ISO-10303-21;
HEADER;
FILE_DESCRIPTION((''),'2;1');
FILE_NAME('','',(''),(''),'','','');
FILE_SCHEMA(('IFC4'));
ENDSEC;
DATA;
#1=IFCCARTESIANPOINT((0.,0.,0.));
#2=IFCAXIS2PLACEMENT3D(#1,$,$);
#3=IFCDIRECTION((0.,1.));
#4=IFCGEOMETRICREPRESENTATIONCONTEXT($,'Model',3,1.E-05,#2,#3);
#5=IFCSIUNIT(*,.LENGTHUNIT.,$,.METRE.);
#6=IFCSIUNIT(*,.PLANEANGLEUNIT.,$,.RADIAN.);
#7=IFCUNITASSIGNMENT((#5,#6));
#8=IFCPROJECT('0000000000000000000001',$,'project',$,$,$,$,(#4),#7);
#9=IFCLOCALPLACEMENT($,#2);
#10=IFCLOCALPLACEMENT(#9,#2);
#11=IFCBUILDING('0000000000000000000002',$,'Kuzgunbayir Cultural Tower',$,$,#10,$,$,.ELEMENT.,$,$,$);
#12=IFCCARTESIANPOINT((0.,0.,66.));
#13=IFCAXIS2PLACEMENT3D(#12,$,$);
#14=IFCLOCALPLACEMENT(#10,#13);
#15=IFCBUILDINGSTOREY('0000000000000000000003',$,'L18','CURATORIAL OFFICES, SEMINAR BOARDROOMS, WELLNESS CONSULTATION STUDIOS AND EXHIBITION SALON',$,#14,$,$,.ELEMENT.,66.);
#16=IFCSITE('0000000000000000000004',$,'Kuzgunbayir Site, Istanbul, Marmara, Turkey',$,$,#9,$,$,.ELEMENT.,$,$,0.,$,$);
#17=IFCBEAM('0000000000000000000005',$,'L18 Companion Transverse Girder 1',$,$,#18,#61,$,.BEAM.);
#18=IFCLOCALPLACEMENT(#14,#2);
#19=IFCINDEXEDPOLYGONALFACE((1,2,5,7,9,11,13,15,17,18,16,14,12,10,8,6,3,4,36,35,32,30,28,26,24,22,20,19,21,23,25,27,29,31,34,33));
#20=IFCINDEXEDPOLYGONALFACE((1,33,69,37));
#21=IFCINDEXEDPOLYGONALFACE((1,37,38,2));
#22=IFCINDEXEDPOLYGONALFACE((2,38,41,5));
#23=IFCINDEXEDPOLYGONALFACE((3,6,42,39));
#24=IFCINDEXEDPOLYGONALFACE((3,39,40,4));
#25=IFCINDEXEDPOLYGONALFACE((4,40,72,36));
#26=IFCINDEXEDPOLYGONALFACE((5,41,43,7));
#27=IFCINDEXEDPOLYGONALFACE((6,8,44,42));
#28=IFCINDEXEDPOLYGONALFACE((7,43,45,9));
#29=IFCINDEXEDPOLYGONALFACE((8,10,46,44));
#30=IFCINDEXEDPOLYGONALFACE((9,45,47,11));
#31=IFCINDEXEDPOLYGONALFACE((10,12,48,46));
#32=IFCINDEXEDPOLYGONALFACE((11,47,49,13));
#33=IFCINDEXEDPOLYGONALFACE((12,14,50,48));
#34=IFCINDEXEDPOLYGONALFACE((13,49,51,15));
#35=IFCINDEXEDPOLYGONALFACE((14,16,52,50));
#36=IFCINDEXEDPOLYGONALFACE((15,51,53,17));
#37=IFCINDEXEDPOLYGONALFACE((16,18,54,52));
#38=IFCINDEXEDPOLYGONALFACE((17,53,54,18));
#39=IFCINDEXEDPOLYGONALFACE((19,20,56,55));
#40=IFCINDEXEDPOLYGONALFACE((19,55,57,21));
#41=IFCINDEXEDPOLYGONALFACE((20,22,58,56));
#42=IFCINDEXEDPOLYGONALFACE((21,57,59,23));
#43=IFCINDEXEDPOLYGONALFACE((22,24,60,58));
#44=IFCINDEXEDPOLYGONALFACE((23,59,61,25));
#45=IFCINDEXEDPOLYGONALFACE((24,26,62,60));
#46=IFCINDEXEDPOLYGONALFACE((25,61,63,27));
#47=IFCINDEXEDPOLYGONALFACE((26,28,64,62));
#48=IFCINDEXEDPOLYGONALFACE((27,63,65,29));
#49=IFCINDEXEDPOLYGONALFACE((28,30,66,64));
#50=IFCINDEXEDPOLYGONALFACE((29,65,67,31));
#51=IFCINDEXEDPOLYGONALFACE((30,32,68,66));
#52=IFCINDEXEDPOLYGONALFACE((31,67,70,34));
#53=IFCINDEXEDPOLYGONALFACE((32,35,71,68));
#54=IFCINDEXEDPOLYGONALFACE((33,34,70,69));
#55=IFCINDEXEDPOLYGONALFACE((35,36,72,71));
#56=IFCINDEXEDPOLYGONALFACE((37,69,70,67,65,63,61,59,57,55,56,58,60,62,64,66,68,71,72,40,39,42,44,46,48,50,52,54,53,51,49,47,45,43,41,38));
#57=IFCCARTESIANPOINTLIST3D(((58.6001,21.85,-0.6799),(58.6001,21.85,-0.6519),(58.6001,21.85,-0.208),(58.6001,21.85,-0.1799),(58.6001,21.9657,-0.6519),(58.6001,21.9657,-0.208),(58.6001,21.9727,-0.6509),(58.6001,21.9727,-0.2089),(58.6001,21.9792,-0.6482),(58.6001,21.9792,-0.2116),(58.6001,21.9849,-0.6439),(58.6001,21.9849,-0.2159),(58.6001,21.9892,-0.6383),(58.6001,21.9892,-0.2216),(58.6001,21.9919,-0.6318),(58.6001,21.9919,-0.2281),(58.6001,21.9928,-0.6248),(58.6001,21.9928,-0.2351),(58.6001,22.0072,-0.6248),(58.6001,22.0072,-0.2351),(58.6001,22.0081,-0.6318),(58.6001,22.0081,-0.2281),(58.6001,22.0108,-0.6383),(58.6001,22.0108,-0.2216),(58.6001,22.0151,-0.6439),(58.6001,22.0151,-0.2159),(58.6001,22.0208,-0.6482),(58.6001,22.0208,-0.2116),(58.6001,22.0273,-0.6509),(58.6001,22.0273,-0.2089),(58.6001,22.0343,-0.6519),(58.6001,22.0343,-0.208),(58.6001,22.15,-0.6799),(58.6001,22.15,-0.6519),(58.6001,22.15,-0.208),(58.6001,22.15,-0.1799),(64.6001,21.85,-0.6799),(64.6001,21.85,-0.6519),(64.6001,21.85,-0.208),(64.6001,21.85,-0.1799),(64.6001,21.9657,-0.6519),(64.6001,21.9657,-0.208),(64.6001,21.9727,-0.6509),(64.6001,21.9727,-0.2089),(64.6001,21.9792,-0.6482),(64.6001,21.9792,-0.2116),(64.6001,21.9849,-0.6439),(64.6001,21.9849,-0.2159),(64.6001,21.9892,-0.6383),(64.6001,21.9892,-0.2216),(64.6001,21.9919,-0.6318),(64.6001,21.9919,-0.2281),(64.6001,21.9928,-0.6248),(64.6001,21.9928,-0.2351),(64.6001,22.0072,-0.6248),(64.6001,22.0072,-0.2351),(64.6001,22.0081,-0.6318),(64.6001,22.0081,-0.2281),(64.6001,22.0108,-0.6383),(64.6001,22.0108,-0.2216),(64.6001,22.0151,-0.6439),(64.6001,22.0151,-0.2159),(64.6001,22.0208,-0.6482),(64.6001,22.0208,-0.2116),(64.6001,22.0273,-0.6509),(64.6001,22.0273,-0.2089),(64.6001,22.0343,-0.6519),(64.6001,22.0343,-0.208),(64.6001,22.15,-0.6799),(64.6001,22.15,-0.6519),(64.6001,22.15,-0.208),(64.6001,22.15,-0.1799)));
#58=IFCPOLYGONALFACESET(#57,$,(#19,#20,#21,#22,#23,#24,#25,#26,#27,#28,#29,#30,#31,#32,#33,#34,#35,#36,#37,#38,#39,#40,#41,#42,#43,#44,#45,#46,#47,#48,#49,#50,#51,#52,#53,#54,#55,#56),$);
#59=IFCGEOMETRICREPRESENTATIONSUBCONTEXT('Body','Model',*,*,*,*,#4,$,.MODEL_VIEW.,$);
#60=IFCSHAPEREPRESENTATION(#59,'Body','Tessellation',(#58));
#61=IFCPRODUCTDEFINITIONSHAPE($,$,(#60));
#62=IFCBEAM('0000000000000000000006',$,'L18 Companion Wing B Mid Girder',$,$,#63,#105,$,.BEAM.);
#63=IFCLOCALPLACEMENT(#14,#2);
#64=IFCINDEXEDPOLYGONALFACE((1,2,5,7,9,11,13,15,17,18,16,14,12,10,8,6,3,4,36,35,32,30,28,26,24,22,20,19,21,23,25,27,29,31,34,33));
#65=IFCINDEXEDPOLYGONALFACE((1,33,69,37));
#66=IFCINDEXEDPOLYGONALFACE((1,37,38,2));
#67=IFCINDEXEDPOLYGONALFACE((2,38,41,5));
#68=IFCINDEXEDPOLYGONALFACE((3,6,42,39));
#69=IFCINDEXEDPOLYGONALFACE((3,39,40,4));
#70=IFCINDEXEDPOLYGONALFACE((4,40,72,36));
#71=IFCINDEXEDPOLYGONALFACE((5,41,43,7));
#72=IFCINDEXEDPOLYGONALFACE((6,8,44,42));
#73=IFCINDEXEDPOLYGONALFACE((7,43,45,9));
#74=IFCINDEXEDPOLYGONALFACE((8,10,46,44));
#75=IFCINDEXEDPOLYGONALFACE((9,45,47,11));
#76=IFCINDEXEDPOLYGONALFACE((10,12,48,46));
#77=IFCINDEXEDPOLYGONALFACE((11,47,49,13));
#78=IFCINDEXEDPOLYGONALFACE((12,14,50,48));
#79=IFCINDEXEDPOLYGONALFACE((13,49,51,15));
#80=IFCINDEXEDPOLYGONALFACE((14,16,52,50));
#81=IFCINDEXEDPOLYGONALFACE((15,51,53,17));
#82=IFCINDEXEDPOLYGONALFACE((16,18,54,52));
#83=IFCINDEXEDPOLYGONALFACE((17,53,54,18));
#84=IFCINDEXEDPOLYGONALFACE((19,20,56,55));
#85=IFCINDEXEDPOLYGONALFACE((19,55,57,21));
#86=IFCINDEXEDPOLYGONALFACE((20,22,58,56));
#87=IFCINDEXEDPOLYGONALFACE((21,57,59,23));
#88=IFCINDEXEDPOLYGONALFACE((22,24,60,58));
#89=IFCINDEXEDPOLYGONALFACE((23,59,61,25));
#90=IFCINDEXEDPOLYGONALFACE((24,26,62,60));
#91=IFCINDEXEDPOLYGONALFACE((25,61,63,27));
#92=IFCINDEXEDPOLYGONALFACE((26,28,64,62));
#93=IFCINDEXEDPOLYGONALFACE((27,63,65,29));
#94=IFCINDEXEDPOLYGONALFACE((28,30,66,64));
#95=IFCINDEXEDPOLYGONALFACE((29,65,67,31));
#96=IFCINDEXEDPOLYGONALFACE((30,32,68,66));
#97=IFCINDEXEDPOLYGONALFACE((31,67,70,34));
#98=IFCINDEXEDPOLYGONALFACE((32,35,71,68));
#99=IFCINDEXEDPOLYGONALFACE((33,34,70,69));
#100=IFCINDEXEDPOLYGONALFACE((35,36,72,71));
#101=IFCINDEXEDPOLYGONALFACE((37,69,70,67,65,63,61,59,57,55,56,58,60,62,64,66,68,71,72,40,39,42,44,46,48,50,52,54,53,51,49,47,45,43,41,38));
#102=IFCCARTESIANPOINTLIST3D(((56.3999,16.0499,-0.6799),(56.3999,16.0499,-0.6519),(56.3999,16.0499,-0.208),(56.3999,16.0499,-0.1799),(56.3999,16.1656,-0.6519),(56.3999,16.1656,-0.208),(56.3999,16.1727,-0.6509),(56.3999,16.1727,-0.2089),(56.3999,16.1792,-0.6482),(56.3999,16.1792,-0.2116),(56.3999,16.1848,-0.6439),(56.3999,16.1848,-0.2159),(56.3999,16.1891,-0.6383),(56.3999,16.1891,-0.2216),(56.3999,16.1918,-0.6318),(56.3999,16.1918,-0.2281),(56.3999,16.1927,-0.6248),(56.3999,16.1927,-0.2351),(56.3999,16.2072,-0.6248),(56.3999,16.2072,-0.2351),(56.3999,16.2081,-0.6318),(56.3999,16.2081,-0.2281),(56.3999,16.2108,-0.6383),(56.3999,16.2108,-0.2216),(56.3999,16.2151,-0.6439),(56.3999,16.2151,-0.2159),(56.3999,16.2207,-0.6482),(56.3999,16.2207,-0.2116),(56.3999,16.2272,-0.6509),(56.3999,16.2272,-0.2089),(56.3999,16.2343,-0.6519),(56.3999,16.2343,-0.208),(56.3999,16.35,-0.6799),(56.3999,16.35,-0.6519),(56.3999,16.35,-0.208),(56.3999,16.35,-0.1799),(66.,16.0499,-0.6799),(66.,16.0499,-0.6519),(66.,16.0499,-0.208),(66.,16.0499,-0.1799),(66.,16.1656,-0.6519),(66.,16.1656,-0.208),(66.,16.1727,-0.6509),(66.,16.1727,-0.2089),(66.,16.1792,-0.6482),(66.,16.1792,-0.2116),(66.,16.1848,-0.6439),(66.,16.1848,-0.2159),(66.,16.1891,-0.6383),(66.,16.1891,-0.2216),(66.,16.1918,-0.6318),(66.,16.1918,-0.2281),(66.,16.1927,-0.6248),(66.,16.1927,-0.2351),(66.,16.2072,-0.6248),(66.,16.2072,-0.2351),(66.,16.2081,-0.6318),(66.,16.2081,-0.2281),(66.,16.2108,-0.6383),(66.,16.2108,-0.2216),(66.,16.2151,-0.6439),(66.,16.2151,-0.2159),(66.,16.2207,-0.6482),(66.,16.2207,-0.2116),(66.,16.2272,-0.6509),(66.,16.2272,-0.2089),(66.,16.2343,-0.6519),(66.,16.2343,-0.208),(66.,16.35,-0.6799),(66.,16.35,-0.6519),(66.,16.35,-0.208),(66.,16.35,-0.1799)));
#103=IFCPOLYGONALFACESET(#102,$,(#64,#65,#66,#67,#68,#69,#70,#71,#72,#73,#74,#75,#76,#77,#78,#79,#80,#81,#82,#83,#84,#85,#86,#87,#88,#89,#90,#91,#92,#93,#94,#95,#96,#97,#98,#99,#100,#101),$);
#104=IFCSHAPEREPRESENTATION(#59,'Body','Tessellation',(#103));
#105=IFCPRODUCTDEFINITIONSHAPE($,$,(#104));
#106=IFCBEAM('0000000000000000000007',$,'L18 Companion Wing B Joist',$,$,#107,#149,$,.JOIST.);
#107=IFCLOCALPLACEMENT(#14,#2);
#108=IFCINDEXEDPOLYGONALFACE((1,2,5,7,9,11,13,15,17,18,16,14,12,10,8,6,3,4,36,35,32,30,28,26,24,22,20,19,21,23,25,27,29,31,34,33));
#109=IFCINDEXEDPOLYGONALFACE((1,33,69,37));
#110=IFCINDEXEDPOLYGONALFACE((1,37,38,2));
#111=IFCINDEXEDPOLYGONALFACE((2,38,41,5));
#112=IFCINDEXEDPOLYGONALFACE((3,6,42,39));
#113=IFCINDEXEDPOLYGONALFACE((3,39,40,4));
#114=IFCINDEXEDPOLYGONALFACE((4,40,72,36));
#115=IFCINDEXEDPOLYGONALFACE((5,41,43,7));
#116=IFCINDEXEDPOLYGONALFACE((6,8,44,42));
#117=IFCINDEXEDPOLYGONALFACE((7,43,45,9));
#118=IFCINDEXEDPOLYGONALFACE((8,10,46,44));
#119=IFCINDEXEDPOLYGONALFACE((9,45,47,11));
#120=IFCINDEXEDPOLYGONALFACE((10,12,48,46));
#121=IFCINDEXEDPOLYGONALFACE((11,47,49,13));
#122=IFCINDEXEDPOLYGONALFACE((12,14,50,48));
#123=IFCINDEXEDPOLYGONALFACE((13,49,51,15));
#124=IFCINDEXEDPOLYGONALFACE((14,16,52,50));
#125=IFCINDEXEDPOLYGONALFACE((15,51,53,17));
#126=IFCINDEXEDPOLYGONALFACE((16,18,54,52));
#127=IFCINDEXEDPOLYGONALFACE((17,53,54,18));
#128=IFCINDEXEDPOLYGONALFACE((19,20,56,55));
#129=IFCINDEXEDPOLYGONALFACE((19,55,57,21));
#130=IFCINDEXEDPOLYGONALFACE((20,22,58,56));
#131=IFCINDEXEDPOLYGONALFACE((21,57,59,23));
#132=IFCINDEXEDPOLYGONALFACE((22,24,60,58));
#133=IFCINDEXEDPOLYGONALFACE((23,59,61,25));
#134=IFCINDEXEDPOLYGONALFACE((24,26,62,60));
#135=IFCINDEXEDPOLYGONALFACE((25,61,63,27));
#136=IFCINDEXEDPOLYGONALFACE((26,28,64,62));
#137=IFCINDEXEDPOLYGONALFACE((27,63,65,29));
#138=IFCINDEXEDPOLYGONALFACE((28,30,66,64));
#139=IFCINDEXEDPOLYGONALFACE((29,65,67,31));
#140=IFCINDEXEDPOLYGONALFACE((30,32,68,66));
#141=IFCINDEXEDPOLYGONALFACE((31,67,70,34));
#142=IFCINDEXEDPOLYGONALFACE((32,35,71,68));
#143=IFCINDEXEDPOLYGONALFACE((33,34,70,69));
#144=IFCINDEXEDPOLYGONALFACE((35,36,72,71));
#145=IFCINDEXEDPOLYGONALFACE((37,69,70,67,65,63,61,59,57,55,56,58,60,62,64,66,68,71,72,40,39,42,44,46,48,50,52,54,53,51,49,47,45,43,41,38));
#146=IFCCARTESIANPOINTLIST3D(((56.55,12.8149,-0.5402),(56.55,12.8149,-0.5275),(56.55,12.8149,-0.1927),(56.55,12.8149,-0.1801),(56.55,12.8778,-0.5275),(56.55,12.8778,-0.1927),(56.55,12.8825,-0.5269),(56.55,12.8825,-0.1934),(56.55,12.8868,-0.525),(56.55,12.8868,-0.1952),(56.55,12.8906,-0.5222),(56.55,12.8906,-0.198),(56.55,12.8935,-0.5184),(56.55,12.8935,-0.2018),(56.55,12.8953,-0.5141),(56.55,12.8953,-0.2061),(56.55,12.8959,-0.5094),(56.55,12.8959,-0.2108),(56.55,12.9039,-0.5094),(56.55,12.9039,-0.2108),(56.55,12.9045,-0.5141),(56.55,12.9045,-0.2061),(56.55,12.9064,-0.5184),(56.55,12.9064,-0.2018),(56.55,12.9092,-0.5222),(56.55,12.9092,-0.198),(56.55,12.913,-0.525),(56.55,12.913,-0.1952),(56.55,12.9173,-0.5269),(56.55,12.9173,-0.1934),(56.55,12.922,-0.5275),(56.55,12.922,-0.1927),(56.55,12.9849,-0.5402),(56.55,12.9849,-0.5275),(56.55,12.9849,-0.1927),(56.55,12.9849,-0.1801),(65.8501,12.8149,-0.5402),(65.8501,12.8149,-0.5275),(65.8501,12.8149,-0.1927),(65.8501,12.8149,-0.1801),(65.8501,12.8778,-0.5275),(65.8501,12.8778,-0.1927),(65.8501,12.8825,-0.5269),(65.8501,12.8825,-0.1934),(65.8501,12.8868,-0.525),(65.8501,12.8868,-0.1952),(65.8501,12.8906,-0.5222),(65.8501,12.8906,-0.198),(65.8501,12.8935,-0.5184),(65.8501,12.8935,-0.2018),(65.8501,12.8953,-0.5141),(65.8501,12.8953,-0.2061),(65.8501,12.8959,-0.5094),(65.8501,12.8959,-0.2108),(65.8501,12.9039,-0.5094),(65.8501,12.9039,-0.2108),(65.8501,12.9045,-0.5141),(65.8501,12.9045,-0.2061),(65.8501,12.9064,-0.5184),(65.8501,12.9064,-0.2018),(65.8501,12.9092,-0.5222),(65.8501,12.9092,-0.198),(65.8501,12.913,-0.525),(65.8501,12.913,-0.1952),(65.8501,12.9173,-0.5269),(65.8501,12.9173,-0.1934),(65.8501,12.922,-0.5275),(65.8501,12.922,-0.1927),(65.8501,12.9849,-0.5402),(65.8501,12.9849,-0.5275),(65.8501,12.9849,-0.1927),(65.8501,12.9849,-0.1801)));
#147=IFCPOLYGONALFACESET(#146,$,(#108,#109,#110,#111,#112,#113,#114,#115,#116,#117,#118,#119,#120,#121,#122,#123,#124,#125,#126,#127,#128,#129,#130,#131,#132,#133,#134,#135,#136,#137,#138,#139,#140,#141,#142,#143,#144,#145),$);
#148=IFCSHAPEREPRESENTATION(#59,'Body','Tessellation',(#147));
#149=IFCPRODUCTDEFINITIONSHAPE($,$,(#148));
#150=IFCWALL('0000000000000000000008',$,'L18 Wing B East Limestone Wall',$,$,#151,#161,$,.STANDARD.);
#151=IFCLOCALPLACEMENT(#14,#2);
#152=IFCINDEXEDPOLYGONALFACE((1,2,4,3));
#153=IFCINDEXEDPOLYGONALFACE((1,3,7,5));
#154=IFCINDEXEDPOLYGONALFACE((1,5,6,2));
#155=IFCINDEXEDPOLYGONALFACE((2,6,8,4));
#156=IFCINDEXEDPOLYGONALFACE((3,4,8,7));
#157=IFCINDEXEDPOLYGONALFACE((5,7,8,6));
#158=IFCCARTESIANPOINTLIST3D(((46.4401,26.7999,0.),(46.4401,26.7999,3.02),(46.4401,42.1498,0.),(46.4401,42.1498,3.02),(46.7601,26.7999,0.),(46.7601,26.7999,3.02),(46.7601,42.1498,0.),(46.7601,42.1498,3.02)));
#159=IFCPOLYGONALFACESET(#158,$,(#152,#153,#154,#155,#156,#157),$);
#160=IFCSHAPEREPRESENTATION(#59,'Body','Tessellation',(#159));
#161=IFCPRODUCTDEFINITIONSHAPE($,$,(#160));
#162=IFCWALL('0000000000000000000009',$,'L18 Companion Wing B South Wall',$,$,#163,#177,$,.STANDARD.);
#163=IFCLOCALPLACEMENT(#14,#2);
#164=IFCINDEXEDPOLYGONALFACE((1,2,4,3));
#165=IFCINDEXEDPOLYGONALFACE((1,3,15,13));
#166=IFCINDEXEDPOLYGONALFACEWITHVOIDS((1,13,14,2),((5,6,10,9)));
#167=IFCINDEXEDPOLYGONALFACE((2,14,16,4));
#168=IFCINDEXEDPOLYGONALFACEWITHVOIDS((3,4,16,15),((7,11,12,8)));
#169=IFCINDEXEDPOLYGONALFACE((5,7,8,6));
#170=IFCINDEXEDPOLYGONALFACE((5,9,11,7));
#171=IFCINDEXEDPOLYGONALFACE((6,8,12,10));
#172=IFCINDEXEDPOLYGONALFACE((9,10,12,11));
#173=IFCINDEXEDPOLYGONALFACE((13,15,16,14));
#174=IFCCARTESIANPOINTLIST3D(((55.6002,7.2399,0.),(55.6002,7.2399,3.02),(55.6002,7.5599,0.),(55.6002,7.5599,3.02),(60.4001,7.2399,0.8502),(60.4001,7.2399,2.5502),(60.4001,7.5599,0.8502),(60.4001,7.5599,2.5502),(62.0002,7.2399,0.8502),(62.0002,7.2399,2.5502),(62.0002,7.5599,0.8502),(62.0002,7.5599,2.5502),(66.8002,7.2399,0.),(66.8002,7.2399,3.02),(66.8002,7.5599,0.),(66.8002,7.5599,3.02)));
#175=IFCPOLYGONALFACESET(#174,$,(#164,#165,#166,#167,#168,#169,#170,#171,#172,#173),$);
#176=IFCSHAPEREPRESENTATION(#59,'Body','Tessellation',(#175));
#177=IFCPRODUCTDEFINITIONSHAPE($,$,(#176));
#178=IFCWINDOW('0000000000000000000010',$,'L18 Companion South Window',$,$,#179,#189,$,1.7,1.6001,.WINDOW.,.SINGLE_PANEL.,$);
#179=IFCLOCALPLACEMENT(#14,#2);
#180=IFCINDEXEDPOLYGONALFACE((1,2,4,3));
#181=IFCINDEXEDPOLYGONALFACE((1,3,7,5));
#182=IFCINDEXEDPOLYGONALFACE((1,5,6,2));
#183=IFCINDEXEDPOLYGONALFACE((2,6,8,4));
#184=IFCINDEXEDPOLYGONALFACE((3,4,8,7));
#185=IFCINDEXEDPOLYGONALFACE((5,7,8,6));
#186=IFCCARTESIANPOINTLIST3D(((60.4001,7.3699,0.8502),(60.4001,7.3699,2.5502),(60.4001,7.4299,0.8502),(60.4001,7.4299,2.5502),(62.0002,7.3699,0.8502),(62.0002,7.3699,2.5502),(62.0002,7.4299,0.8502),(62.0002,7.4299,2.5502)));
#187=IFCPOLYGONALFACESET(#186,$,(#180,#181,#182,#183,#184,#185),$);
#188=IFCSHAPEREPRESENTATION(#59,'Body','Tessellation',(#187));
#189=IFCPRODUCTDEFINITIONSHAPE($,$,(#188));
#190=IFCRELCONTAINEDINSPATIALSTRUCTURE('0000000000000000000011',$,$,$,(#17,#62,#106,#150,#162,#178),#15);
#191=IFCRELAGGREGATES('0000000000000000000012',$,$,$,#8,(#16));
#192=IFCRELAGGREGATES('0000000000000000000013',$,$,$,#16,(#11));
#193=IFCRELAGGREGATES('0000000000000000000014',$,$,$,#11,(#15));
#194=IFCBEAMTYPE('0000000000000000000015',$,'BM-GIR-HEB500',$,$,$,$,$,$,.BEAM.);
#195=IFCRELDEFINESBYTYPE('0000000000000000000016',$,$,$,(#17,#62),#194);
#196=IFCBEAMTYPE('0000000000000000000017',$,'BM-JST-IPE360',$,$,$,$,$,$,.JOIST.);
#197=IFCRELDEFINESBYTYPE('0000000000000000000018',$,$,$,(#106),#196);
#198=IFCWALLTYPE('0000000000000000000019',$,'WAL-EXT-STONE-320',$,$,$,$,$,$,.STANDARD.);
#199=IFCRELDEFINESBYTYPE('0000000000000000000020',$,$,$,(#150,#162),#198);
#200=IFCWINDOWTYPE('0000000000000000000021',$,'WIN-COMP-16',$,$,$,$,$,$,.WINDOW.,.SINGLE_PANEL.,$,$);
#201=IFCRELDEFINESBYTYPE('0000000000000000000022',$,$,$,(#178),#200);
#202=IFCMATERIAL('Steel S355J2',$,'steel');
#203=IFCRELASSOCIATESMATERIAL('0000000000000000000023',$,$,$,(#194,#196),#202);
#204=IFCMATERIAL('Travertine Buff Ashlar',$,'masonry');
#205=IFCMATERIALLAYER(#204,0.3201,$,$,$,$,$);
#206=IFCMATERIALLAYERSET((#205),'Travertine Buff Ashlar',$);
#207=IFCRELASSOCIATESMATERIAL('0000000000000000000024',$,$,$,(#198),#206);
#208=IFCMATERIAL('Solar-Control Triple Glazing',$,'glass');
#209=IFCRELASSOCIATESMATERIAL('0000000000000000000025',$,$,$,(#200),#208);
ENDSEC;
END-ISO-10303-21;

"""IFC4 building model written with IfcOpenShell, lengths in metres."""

from ifc_helpers import new_model, si_unit, direction, frame, frame_2d, origin, origin_2d, place, context, subcontext, project, spatial, rectangle, i_section, extrude, material, layer, layer_set, material_profile, profile_set, type_object, element, fill, save


model = new_model("IFC4")

# Units and contexts
model_context = context("Model", 3, precision=1e-05, world=origin(), true_north=direction((0.0, 1.0)))
body_context = subcontext(model_context, "Body", "Model", "MODEL_VIEW")
ifc_project = project(units=[si_unit("LENGTHUNIT", "METRE"), si_unit("PLANEANGLEUNIT", "RADIAN")], contexts=[model_context])

# Site, building, storey
site_placement = place(None, origin())
site = spatial("IfcSite", under=ifc_project, at=site_placement, Name="Kuzgunbayir Site, Istanbul, Marmara, Turkey", CompositionType="ELEMENT", RefElevation=0.0)
building_placement = place(site_placement, origin())
building = spatial("IfcBuilding", under=site, at=building_placement, Name="Kuzgunbayir Cultural Tower", CompositionType="ELEMENT")
storey_placement = place(building_placement, frame((0.0, 0.0, 66.0)))
storey = spatial("IfcBuildingStorey", under=building, at=storey_placement, Name="L18", Description="CURATORIAL OFFICES, SEMINAR BOARDROOMS, WELLNESS CONSULTATION STUDIOS AND EXHIBITION SALON", CompositionType="ELEMENT", Elevation=66.0)

# Beams
ifc_material_1 = material(Name="Steel S355J2", Category="steel")
ifc_material_profile_1 = material_profile(ifc_material_1, i_section(OverallWidth=0.3, OverallDepth=0.5, WebThickness=0.0144, FlangeThickness=0.0281, FilletRadius=0.0271, at=origin_2d()), Name="HEB 500")
ifc_profile_set_1 = profile_set([ifc_material_profile_1], Name="Steel S355J2")
beam_type_1 = type_object("IfcBeamType", Name="BM-GIR-HEB500", PredefinedType="BEAM", material=ifc_profile_set_1)
beam_1_placement = place(storey_placement, frame((58.6001, 22.0, -0.4299), z_axis=(1.0, 0.0, 0.0), x_axis=(0.0, 1.0, 0.0)))
element("IfcBeam", 1, at=beam_1_placement, inside=storey, type_object=beam_type_1, Name="L18 Companion Transverse Girder 1", PredefinedType="BEAM", context=body_context, shape_type="SweptSolid", body=[
    extrude(i_section(OverallWidth=0.3, OverallDepth=0.5, WebThickness=0.0144, FlangeThickness=0.0281, FilletRadius=0.0271, at=origin_2d()), origin(), (0.0, 0.0, 1.0), 6.0),
])
beam_2_placement = place(storey_placement, frame((56.3999, 16.2, -0.4299), z_axis=(1.0, 0.0, 0.0), x_axis=(0.0, 1.0, 0.0)))
element("IfcBeam", 2, at=beam_2_placement, inside=storey, type_object=beam_type_1, Name="L18 Companion Wing B Mid Girder", PredefinedType="BEAM", context=body_context, shape_type="SweptSolid", body=[
    extrude(i_section(OverallWidth=0.3, OverallDepth=0.5, WebThickness=0.0144, FlangeThickness=0.0281, FilletRadius=0.0271, at=origin_2d()), origin(), (0.0, 0.0, 1.0), 9.6001),
])
ifc_material_profile_2 = material_profile(ifc_material_1, i_section(OverallWidth=0.1699, OverallDepth=0.3601, WebThickness=0.0081, FlangeThickness=0.0127, FilletRadius=0.0181, at=origin_2d()), Name="IPE 360")
ifc_profile_set_2 = profile_set([ifc_material_profile_2], Name="Steel S355J2")
beam_type_2 = type_object("IfcBeamType", Name="BM-JST-IPE360", PredefinedType="JOIST", material=ifc_profile_set_2)
beam_3_placement = place(storey_placement, frame((56.55, 12.8999, -0.3601), z_axis=(1.0, 0.0, 0.0), x_axis=(0.0, 1.0, 0.0)))
element("IfcBeam", 3, at=beam_3_placement, inside=storey, type_object=beam_type_2, Name="L18 Companion Wing B Joist", PredefinedType="JOIST", context=body_context, shape_type="SweptSolid", body=[
    extrude(i_section(OverallWidth=0.1699, OverallDepth=0.3601, WebThickness=0.0081, FlangeThickness=0.0127, FilletRadius=0.0181, at=origin_2d()), origin(), (0.0, 0.0, 1.0), 9.3),
])

# Wall
ifc_material_2 = material(Name="Travertine Buff Ashlar", Category="masonry")
ifc_layer_1 = layer(ifc_material_2, 0.3201)
ifc_layer_set_1 = layer_set([ifc_layer_1], Name="Travertine Buff Ashlar")
wall_type_1 = type_object("IfcWallType", Name="WAL-EXT-STONE-320", PredefinedType="STANDARD", material=ifc_layer_set_1)
wall_1_placement = place(storey_placement, frame((46.6001, 26.8, 0.0), z_axis=(0.0, 0.0, 1.0), x_axis=(0.0, 1.0, 0.0)))
element("IfcWall", 4, at=wall_1_placement, inside=storey, type_object=wall_type_1, Name="L18 Wing B East Limestone Wall", PredefinedType="STANDARD", context=body_context, shape_type="SweptSolid", body=[
    extrude(rectangle(XDim=15.3499, YDim=0.3201, at=frame_2d((7.6748, 0.0))), origin(), (0.0, 0.0, 1.0), 3.02),
])

# Wall, opening, window
wall_2_placement = place(storey_placement, frame((55.6001, 7.3999, 0.0), z_axis=(0.0, 0.0, 1.0), x_axis=(1.0, 0.0, 0.0)))
wall_2 = element("IfcWall", 5, at=wall_2_placement, inside=storey, type_object=wall_type_1, Name="L18 Companion Wing B South Wall", PredefinedType="STANDARD", context=body_context, shape_type="SweptSolid", body=[
    extrude(rectangle(XDim=11.2, YDim=0.3201, at=frame_2d((5.6001, 0.0))), origin(), (0.0, 0.0, 1.0), 3.02),
])
opening_1_placement = place(wall_2_placement, frame((4.8, 0.0, 0.8501)))
opening_1 = element("IfcOpeningElement", 6, at=opening_1_placement, cuts=wall_2, PredefinedType="OPENING", context=body_context, shape_type="SweptSolid", body=[
    extrude(rectangle(XDim=1.6001, YDim=1.7, at=frame_2d((0.8, 0.8501))), frame((0.0, 0.1699, 0.0), z_axis=(0.0, -1.0, 0.0), x_axis=(1.0, 0.0, 0.0)), (0.0, 0.0, 1.0), 0.3401),
])
ifc_material_3 = material(Name="Solar-Control Triple Glazing", Category="glass")
window_type = type_object("IfcWindowType", Name="WIN-COMP-16", PartitioningType="SINGLE_PANEL", PredefinedType="WINDOW", material=ifc_material_3)
window_placement = place(opening_1_placement, origin())
window = element("IfcWindow", 7, at=window_placement, inside=storey, type_object=window_type, Name="L18 Companion South Window", OverallHeight=1.7, OverallWidth=1.6001, PartitioningType="SINGLE_PANEL", PredefinedType="WINDOW", context=body_context, shape_type="SweptSolid", body=[
    extrude(rectangle(XDim=1.6001, YDim=1.7, at=frame_2d((0.8, 0.8501))), frame((0.0, 0.03, 0.0), z_axis=(0.0, -1.0, 0.0), x_axis=(1.0, 0.0, 0.0)), (0.0, 0.0, 1.0), 0.0601),
])
fill(opening_1, window)

save(model, "model.ifc")
